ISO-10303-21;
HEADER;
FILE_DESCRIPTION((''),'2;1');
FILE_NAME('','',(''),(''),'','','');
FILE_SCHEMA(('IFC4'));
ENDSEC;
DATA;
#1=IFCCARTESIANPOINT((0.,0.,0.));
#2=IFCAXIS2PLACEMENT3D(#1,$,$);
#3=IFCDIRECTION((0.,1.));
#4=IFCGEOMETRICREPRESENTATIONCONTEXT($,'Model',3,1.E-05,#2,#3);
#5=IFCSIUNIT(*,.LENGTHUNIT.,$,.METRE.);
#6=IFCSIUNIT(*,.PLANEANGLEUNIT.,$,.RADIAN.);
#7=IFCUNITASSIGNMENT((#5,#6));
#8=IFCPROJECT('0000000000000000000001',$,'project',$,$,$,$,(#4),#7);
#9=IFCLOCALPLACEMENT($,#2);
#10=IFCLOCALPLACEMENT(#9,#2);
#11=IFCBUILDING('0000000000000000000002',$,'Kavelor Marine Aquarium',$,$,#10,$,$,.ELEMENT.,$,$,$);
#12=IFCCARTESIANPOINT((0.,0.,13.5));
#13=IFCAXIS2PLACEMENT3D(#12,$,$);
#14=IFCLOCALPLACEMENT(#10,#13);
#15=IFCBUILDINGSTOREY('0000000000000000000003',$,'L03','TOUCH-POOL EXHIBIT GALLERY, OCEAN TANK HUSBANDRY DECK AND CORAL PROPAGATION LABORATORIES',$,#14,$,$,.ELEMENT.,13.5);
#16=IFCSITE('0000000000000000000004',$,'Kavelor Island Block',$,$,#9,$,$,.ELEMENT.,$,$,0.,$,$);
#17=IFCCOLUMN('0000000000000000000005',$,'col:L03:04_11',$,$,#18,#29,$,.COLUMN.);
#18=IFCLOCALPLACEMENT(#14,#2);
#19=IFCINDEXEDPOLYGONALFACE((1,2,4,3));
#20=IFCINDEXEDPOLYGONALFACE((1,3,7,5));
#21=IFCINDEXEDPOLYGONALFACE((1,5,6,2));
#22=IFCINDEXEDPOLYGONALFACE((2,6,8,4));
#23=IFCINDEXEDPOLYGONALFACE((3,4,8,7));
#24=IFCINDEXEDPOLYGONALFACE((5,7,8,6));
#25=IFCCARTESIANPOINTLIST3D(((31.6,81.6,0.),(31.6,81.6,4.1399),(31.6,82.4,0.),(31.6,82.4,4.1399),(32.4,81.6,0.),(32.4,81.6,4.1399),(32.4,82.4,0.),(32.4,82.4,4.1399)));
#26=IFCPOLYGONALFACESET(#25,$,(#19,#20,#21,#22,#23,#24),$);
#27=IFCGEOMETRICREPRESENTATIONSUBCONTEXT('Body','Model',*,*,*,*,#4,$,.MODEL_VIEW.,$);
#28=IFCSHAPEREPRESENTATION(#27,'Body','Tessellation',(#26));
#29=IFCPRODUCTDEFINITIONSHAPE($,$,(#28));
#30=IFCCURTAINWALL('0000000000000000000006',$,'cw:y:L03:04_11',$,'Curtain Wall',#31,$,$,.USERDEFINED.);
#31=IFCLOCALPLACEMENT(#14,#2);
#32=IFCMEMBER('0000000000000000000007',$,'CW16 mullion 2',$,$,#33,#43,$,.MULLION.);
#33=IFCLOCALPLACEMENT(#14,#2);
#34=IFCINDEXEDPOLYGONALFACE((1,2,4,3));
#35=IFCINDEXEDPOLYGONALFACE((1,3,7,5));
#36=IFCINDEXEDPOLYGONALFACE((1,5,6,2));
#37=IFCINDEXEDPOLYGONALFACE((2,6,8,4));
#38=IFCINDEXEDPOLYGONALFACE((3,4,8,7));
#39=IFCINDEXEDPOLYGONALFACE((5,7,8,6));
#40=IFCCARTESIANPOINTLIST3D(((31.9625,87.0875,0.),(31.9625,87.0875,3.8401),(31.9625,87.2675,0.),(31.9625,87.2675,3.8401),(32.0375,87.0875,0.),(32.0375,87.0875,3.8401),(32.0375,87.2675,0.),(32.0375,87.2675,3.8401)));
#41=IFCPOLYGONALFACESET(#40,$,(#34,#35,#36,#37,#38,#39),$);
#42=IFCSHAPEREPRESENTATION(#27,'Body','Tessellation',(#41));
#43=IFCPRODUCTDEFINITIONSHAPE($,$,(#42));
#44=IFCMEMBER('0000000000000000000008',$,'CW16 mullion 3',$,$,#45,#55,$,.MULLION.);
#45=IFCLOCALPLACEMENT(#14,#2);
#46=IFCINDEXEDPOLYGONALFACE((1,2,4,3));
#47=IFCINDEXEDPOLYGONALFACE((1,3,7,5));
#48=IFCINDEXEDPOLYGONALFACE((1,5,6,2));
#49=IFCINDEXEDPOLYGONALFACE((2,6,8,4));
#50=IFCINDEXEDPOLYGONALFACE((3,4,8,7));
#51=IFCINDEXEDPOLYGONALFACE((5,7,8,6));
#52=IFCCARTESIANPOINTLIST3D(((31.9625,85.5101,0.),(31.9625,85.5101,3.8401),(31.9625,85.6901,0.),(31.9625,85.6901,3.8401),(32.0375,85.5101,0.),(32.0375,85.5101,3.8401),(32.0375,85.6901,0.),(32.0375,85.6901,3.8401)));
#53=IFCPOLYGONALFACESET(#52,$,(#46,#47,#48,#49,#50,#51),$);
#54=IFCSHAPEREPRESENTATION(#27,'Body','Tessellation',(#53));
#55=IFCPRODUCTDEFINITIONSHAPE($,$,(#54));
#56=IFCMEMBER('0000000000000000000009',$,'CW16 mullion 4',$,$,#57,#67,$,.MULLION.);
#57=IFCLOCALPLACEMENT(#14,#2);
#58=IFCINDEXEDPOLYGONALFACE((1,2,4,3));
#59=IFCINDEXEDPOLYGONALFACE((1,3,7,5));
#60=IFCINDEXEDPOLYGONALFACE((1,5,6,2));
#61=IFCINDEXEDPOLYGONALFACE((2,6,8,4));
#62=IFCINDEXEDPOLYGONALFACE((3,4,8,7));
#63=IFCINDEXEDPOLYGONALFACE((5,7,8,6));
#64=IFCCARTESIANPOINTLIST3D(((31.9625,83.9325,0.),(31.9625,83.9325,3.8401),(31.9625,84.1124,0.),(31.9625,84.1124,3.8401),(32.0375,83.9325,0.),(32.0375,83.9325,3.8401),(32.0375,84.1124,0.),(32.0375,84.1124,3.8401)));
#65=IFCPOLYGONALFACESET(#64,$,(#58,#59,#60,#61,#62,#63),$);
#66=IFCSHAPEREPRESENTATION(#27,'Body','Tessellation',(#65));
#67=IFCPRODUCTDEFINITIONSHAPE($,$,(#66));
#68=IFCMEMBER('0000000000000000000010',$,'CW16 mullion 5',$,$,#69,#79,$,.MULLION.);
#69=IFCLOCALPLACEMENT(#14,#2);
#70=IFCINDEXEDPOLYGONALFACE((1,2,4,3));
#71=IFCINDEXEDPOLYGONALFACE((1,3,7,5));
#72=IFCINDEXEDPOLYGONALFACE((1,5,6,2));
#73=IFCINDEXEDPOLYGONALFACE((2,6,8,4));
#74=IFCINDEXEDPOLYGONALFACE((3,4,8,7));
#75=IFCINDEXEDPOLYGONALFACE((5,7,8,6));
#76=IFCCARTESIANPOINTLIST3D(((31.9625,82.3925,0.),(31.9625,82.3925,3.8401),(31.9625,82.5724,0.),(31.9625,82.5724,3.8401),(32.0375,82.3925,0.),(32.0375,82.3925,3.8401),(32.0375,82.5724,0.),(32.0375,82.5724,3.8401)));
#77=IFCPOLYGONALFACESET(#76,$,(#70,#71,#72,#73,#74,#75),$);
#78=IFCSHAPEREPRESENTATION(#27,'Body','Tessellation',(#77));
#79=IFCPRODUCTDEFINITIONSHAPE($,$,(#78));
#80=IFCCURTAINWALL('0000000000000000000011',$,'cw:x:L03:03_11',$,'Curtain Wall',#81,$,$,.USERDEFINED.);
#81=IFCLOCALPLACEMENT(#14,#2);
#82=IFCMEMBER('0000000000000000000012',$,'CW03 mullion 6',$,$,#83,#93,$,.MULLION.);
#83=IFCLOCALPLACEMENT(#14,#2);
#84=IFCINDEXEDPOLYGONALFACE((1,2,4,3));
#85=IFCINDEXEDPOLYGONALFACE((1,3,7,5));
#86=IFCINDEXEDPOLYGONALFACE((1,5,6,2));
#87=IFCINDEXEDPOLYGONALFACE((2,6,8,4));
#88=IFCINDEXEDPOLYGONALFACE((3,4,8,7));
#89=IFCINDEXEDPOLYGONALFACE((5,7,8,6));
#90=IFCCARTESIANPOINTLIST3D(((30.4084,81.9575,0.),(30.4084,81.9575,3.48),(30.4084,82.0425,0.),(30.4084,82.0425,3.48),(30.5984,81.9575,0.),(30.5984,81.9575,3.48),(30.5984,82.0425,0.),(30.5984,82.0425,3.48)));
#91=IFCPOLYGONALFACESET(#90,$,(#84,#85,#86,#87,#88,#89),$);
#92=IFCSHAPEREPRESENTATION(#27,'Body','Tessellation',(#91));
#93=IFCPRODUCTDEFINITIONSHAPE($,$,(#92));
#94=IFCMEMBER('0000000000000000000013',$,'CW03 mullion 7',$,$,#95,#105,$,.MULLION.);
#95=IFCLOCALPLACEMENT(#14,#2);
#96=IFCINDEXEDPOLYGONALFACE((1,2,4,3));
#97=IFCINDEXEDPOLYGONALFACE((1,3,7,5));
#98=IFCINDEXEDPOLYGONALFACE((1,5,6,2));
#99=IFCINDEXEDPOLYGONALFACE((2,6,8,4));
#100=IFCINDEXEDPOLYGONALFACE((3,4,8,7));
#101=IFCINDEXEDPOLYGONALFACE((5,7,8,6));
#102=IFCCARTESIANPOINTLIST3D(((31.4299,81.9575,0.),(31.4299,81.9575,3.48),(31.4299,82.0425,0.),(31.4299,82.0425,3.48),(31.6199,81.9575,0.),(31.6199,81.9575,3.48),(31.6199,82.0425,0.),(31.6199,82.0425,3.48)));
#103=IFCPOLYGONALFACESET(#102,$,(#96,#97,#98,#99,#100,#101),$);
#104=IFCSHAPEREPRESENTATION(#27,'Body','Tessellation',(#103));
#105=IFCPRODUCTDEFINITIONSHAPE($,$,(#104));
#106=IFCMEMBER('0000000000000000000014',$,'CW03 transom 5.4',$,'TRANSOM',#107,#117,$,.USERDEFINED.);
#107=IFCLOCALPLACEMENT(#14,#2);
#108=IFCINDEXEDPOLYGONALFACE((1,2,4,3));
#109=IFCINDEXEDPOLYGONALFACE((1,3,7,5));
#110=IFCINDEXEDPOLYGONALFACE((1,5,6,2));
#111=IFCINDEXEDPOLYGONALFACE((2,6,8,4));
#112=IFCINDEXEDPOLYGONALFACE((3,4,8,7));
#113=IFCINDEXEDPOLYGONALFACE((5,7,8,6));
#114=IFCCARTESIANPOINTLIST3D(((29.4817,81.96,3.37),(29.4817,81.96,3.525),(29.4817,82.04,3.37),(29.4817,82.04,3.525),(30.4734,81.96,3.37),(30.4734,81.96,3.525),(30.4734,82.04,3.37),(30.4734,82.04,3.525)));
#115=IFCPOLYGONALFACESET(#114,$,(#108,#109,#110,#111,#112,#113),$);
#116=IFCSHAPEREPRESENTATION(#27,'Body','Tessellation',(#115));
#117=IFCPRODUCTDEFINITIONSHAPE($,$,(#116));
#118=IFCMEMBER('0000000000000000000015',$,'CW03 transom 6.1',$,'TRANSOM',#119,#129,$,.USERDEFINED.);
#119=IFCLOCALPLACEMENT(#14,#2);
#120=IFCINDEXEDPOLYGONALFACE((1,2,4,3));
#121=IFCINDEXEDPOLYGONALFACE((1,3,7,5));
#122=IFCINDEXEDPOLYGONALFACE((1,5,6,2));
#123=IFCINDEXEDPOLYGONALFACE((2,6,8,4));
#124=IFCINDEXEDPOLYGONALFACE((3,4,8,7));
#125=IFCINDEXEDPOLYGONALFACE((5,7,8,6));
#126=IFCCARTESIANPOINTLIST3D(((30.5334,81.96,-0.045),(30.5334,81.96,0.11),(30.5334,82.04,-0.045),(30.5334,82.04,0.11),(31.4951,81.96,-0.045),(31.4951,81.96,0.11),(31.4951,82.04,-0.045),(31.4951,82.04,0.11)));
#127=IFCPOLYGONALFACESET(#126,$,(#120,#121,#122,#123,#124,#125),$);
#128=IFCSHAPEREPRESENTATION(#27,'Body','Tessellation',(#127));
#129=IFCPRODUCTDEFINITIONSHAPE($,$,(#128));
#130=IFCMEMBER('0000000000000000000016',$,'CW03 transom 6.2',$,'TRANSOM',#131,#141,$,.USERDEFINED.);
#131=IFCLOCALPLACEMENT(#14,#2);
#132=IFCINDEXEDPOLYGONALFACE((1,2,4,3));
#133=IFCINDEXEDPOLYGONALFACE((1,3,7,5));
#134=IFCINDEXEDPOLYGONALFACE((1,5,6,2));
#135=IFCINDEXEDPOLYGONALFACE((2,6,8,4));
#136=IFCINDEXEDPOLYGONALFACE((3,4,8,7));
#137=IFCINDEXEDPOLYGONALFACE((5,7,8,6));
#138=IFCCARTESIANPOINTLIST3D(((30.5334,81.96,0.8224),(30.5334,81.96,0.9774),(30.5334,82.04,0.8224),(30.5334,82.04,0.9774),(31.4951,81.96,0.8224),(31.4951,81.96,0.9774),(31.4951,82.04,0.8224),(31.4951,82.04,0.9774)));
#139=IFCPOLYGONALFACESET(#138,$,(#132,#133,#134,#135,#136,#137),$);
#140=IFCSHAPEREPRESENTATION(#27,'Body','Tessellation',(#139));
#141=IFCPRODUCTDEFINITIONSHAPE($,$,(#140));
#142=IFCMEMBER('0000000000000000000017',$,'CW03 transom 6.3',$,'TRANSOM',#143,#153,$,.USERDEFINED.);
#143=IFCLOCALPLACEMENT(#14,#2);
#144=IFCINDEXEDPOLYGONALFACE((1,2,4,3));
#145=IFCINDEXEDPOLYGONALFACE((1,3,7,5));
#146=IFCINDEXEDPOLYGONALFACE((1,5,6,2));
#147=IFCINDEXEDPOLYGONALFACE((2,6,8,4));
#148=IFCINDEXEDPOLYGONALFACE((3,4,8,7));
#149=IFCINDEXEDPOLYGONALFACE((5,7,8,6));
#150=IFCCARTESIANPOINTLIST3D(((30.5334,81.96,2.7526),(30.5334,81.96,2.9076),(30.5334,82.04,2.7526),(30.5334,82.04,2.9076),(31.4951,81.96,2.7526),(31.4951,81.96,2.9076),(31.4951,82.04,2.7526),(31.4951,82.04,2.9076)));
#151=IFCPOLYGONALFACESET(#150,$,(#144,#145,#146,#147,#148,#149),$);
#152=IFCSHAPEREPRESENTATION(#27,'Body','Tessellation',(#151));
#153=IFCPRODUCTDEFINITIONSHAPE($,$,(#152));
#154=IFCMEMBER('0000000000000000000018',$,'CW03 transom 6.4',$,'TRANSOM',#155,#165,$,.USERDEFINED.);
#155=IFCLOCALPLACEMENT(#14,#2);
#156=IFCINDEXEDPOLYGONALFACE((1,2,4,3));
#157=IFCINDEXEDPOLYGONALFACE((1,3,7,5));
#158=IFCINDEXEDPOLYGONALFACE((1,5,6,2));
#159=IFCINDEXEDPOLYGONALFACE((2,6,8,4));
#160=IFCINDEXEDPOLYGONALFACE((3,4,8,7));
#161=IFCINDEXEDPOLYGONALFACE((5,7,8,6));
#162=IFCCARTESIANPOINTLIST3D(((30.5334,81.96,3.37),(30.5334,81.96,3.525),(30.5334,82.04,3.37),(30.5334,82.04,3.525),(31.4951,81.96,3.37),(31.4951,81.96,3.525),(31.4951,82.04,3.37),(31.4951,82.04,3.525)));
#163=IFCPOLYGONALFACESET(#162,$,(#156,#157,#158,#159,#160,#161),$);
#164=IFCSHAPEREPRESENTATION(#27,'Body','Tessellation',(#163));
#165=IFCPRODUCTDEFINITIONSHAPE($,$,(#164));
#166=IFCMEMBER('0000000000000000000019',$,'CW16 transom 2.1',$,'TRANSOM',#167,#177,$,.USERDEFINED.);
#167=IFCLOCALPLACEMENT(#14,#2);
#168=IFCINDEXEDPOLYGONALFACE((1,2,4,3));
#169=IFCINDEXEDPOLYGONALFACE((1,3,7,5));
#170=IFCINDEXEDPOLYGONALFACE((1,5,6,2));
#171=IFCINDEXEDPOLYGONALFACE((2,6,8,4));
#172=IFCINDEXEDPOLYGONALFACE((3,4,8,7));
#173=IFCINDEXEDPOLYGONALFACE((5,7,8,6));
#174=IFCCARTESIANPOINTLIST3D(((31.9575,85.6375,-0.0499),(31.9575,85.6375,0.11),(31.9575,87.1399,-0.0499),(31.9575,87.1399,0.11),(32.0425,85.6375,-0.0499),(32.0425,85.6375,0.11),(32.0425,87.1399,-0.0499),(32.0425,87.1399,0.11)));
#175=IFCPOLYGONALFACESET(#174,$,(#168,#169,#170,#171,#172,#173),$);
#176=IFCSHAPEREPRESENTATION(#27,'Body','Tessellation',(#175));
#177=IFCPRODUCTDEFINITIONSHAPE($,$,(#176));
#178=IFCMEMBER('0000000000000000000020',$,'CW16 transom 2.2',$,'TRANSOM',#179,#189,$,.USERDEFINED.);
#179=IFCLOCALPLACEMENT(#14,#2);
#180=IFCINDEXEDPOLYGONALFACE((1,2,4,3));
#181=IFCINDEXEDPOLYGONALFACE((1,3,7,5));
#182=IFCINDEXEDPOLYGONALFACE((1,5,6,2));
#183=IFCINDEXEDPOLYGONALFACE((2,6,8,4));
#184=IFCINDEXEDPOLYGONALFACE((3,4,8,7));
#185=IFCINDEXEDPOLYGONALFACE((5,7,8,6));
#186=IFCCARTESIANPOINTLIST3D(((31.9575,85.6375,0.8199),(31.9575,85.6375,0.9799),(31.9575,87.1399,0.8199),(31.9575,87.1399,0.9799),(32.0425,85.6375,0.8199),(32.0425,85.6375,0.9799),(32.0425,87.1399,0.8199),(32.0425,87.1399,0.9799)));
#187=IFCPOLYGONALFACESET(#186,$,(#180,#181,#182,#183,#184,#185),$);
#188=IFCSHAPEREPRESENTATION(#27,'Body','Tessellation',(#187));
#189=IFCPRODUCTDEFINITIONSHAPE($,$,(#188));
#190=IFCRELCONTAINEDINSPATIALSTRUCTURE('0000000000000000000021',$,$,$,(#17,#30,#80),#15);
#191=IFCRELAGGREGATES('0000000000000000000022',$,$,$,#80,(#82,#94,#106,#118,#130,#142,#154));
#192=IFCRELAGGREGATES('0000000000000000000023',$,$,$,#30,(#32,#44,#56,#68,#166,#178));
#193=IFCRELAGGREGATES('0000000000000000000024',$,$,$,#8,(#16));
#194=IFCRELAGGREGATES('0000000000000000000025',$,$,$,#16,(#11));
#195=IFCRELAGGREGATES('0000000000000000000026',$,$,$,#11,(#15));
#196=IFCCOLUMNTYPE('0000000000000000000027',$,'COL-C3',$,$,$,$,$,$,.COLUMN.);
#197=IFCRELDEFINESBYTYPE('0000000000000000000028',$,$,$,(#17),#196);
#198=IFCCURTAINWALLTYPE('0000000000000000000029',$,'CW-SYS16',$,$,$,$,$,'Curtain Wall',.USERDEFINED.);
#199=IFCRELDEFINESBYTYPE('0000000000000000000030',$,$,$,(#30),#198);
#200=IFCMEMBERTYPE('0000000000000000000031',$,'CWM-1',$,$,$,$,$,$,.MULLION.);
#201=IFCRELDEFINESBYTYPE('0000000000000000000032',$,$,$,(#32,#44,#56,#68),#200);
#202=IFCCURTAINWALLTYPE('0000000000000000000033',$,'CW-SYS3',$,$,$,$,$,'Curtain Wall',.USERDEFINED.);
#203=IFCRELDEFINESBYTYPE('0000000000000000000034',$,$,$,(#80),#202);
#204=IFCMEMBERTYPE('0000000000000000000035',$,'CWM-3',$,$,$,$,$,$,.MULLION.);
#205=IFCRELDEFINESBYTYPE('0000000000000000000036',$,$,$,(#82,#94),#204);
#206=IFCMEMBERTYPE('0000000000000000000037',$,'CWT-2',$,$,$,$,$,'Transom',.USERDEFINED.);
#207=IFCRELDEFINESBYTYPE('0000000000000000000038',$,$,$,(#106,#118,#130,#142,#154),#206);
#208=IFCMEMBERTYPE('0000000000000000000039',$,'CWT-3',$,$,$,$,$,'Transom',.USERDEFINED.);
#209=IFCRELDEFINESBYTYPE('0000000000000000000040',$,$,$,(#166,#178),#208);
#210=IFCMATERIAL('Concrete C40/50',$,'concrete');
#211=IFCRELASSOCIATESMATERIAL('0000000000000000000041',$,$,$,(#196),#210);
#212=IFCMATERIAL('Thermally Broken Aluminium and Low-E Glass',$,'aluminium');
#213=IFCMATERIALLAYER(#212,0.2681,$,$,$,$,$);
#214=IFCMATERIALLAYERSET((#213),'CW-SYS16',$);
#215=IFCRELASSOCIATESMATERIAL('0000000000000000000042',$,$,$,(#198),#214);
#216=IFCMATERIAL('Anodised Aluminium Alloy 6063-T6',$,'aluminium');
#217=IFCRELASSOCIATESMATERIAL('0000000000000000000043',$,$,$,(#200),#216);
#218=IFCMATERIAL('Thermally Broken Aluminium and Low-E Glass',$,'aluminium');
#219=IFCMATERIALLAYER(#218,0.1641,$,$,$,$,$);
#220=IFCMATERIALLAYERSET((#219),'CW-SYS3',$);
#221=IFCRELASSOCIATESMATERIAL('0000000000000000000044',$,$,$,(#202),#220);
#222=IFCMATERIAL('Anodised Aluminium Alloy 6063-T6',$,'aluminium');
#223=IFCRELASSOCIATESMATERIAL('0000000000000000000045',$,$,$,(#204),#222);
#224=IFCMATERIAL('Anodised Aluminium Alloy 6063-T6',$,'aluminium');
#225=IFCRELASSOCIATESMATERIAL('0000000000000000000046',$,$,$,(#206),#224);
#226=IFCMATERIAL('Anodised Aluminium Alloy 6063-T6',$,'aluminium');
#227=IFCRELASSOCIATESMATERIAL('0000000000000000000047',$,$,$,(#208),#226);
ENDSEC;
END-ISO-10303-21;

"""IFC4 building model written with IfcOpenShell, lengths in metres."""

from ifc_helpers import new_model, si_unit, direction, frame, origin, origin_2d, place, context, subcontext, project, spatial, rectangle, extrude, material, layer, layer_set, material_profile, profile_set, type_object, element, aggregate, save


model = new_model("IFC4")

# Units and contexts
model_context = context("Model", 3, precision=1e-05, world=origin(), true_north=direction((0.0, 1.0)))
body_context = subcontext(model_context, "Body", "Model", "MODEL_VIEW")
ifc_project = project(units=[si_unit("LENGTHUNIT", "METRE"), si_unit("PLANEANGLEUNIT", "RADIAN")], contexts=[model_context])

# Site, building, storey
site_placement = place(None, origin())
site = spatial("IfcSite", under=ifc_project, at=site_placement, Name="Kavelor Island Block", CompositionType="ELEMENT", RefElevation=0.0)
building_placement = place(site_placement, origin())
building = spatial("IfcBuilding", under=site, at=building_placement, Name="Kavelor Marine Aquarium", CompositionType="ELEMENT")
storey_placement = place(building_placement, frame((0.0, 0.0, 13.5)))
storey = spatial("IfcBuildingStorey", under=building, at=storey_placement, Name="L03", Description="TOUCH-POOL EXHIBIT GALLERY, OCEAN TANK HUSBANDRY DECK AND CORAL PROPAGATION LABORATORIES", CompositionType="ELEMENT", Elevation=13.5)

# Column
ifc_material_1 = material(Name="Concrete C40/50", Category="concrete")
ifc_material_profile_1 = material_profile(ifc_material_1, rectangle(XDim=0.8, YDim=0.8, at=origin_2d()), Name="RC-COL 800x800")
ifc_profile_set_1 = profile_set([ifc_material_profile_1], Name="Concrete C40/50")
column_type = type_object("IfcColumnType", Name="COL-C3", PredefinedType="COLUMN", material=ifc_profile_set_1)
column_placement = place(storey_placement, frame((32.0, 82.0, 0.0), z_axis=(0.0, 0.0, 1.0), x_axis=(1.0, 0.0, 0.0)))
element("IfcColumn", 1, at=column_placement, inside=storey, type_object=column_type, Name="col:L03:04_11", PredefinedType="COLUMN", context=body_context, shape_type="SweptSolid", body=[
    extrude(rectangle(XDim=0.8, YDim=0.8, at=origin_2d()), origin(), (0.0, 0.0, 1.0), 4.1399),
])

# Curtain walls, members
ifc_material_2 = material(Name="Thermally Broken Aluminium and Low-E Glass", Category="aluminium")
ifc_layer_1 = layer(ifc_material_2, 0.2681)
ifc_layer_set_1 = layer_set([ifc_layer_1], Name="CW-SYS16")
curtain_wall_type_1 = type_object("IfcCurtainWallType", Name="CW-SYS16", ElementType="Curtain Wall", PredefinedType="USERDEFINED", material=ifc_layer_set_1)
curtain_wall_1_placement = place(storey_placement, origin())
curtain_wall_1 = element("IfcCurtainWall", 2, at=curtain_wall_1_placement, inside=storey, type_object=curtain_wall_type_1, Name="cw:y:L03:04_11", ObjectType="Curtain Wall", PredefinedType="USERDEFINED")
ifc_material_3 = material(Name="Anodised Aluminium Alloy 6063-T6", Category="aluminium")
ifc_material_profile_2 = material_profile(ifc_material_3, rectangle(XDim=0.075, YDim=0.1799, at=origin_2d()), Name="CW-MUL 75x180")
ifc_profile_set_2 = profile_set([ifc_material_profile_2], Name="Anodised Aluminium Alloy 6063-T6")
member_type_1 = type_object("IfcMemberType", Name="CWM-1", PredefinedType="MULLION", material=ifc_profile_set_2)
member_1_placement = place(storey_placement, frame((32.0, 87.1775, 0.0), z_axis=(0.0, 0.0, 1.0), x_axis=(1.0, 0.0, 0.0)))
member_1 = element("IfcMember", 3, at=member_1_placement, type_object=member_type_1, Name="CW16 mullion 2", PredefinedType="MULLION", context=body_context, shape_type="SweptSolid", body=[
    extrude(rectangle(XDim=0.075, YDim=0.1799, at=origin_2d()), origin(), (0.0, 0.0, 1.0), 3.8401),
])
member_2_placement = place(storey_placement, frame((32.0, 85.6001, 0.0), z_axis=(0.0, 0.0, 1.0), x_axis=(1.0, 0.0, 0.0)))
member_2 = element("IfcMember", 4, at=member_2_placement, type_object=member_type_1, Name="CW16 mullion 3", PredefinedType="MULLION", context=body_context, shape_type="SweptSolid", body=[
    extrude(rectangle(XDim=0.075, YDim=0.1799, at=origin_2d()), origin(), (0.0, 0.0, 1.0), 3.8401),
])
member_3_placement = place(storey_placement, frame((32.0, 84.0225, 0.0), z_axis=(0.0, 0.0, 1.0), x_axis=(1.0, 0.0, 0.0)))
member_3 = element("IfcMember", 5, at=member_3_placement, type_object=member_type_1, Name="CW16 mullion 4", PredefinedType="MULLION", context=body_context, shape_type="SweptSolid", body=[
    extrude(rectangle(XDim=0.075, YDim=0.1799, at=origin_2d()), origin(), (0.0, 0.0, 1.0), 3.8401),
])
member_4_placement = place(storey_placement, frame((32.0, 82.4824, 0.0), z_axis=(0.0, 0.0, 1.0), x_axis=(1.0, 0.0, 0.0)))
member_4 = element("IfcMember", 6, at=member_4_placement, type_object=member_type_1, Name="CW16 mullion 5", PredefinedType="MULLION", context=body_context, shape_type="SweptSolid", body=[
    extrude(rectangle(XDim=0.075, YDim=0.1799, at=origin_2d()), origin(), (0.0, 0.0, 1.0), 3.8401),
])
ifc_material_4 = material(Name="Thermally Broken Aluminium and Low-E Glass", Category="aluminium")
ifc_layer_2 = layer(ifc_material_4, 0.1641)
ifc_layer_set_2 = layer_set([ifc_layer_2], Name="CW-SYS3")
curtain_wall_type_2 = type_object("IfcCurtainWallType", Name="CW-SYS3", ElementType="Curtain Wall", PredefinedType="USERDEFINED", material=ifc_layer_set_2)
curtain_wall_2_placement = place(storey_placement, origin())
curtain_wall_2 = element("IfcCurtainWall", 7, at=curtain_wall_2_placement, inside=storey, type_object=curtain_wall_type_2, Name="cw:x:L03:03_11", ObjectType="Curtain Wall", PredefinedType="USERDEFINED")
ifc_material_5 = material(Name="Anodised Aluminium Alloy 6063-T6", Category="aluminium")
ifc_material_profile_3 = material_profile(ifc_material_5, rectangle(XDim=0.085, YDim=0.1899, at=origin_2d()), Name="CW-MUL 85x190")
ifc_profile_set_3 = profile_set([ifc_material_profile_3], Name="Anodised Aluminium Alloy 6063-T6")
member_type_2 = type_object("IfcMemberType", Name="CWM-3", PredefinedType="MULLION", material=ifc_profile_set_3)
member_5_placement = place(storey_placement, frame((30.5034, 82.0, 0.0), z_axis=(0.0, 0.0, 1.0), x_axis=(0.0, 1.0, 0.0)))
member_5 = element("IfcMember", 8, at=member_5_placement, type_object=member_type_2, Name="CW03 mullion 6", PredefinedType="MULLION", context=body_context, shape_type="SweptSolid", body=[
    extrude(rectangle(XDim=0.085, YDim=0.1899, at=origin_2d()), origin(), (0.0, 0.0, 1.0), 3.48),
])
member_6_placement = place(storey_placement, frame((31.5249, 82.0, 0.0), z_axis=(0.0, 0.0, 1.0), x_axis=(0.0, 1.0, 0.0)))
member_6 = element("IfcMember", 9, at=member_6_placement, type_object=member_type_2, Name="CW03 mullion 7", PredefinedType="MULLION", context=body_context, shape_type="SweptSolid", body=[
    extrude(rectangle(XDim=0.085, YDim=0.1899, at=origin_2d()), origin(), (0.0, 0.0, 1.0), 3.48),
])
ifc_material_6 = material(Name="Anodised Aluminium Alloy 6063-T6", Category="aluminium")
ifc_material_profile_4 = material_profile(ifc_material_6, rectangle(XDim=0.0801, YDim=0.155, at=origin_2d()), Name="CW-TRN 80x155")
ifc_profile_set_4 = profile_set([ifc_material_profile_4], Name="Anodised Aluminium Alloy 6063-T6")
member_type_3 = type_object("IfcMemberType", Name="CWT-2", ElementType="Transom", PredefinedType="USERDEFINED", material=ifc_profile_set_4)
member_7_placement = place(storey_placement, frame((29.4817, 82.0, 3.4475), z_axis=(1.0, 0.0, 0.0), x_axis=(0.0, 1.0, 0.0)))
member_7 = element("IfcMember", 10, at=member_7_placement, type_object=member_type_3, Name="CW03 transom 5.4", ObjectType="TRANSOM", PredefinedType="USERDEFINED", context=body_context, shape_type="SweptSolid", body=[
    extrude(rectangle(XDim=0.0801, YDim=0.155, at=origin_2d()), origin(), (0.0, 0.0, 1.0), 0.9917),
])
member_8_placement = place(storey_placement, frame((30.5334, 82.0, 0.0325), z_axis=(1.0, 0.0, 0.0), x_axis=(0.0, 1.0, 0.0)))
member_8 = element("IfcMember", 11, at=member_8_placement, type_object=member_type_3, Name="CW03 transom 6.1", ObjectType="TRANSOM", PredefinedType="USERDEFINED", context=body_context, shape_type="SweptSolid", body=[
    extrude(rectangle(XDim=0.0801, YDim=0.155, at=origin_2d()), origin(), (0.0, 0.0, 1.0), 0.9617),
])
member_9_placement = place(storey_placement, frame((30.5334, 82.0, 0.8999), z_axis=(1.0, 0.0, 0.0), x_axis=(0.0, 1.0, 0.0)))
member_9 = element("IfcMember", 12, at=member_9_placement, type_object=member_type_3, Name="CW03 transom 6.2", ObjectType="TRANSOM", PredefinedType="USERDEFINED", context=body_context, shape_type="SweptSolid", body=[
    extrude(rectangle(XDim=0.0801, YDim=0.155, at=origin_2d()), origin(), (0.0, 0.0, 1.0), 0.9617),
])
member_10_placement = place(storey_placement, frame((30.5334, 82.0, 2.8301), z_axis=(1.0, 0.0, 0.0), x_axis=(0.0, 1.0, 0.0)))
member_10 = element("IfcMember", 13, at=member_10_placement, type_object=member_type_3, Name="CW03 transom 6.3", ObjectType="TRANSOM", PredefinedType="USERDEFINED", context=body_context, shape_type="SweptSolid", body=[
    extrude(rectangle(XDim=0.0801, YDim=0.155, at=origin_2d()), origin(), (0.0, 0.0, 1.0), 0.9617),
])
member_11_placement = place(storey_placement, frame((30.5334, 82.0, 3.4475), z_axis=(1.0, 0.0, 0.0), x_axis=(0.0, 1.0, 0.0)))
member_11 = element("IfcMember", 14, at=member_11_placement, type_object=member_type_3, Name="CW03 transom 6.4", ObjectType="TRANSOM", PredefinedType="USERDEFINED", context=body_context, shape_type="SweptSolid", body=[
    extrude(rectangle(XDim=0.0801, YDim=0.155, at=origin_2d()), origin(), (0.0, 0.0, 1.0), 0.9617),
])

# Members
ifc_material_7 = material(Name="Anodised Aluminium Alloy 6063-T6", Category="aluminium")
ifc_material_profile_5 = material_profile(ifc_material_7, rectangle(XDim=0.085, YDim=0.1599, at=origin_2d()), Name="CW-TRN 85x160")
ifc_profile_set_5 = profile_set([ifc_material_profile_5], Name="Anodised Aluminium Alloy 6063-T6")
member_type_4 = type_object("IfcMemberType", Name="CWT-3", ElementType="Transom", PredefinedType="USERDEFINED", material=ifc_profile_set_5)
member_12_placement = place(storey_placement, frame((32.0, 87.1399, 0.03), z_axis=(0.0, -1.0, 0.0), x_axis=(1.0, 0.0, 0.0)))
member_12 = element("IfcMember", 15, at=member_12_placement, type_object=member_type_4, Name="CW16 transom 2.1", ObjectType="TRANSOM", PredefinedType="USERDEFINED", context=body_context, shape_type="SweptSolid", body=[
    extrude(rectangle(XDim=0.085, YDim=0.1599, at=origin_2d()), origin(), (0.0, 0.0, 1.0), 1.5024),
])
member_13_placement = place(storey_placement, frame((32.0, 87.1399, 0.8999), z_axis=(0.0, -1.0, 0.0), x_axis=(1.0, 0.0, 0.0)))
member_13 = element("IfcMember", 16, at=member_13_placement, type_object=member_type_4, Name="CW16 transom 2.2", ObjectType="TRANSOM", PredefinedType="USERDEFINED", context=body_context, shape_type="SweptSolid", body=[
    extrude(rectangle(XDim=0.085, YDim=0.1599, at=origin_2d()), origin(), (0.0, 0.0, 1.0), 1.5024),
])

aggregate(curtain_wall_2, [member_5, member_6, member_7, member_8, member_9, member_10, member_11])
aggregate(curtain_wall_1, [member_1, member_2, member_3, member_4, member_12, member_13])

save(model, "model.ifc")
